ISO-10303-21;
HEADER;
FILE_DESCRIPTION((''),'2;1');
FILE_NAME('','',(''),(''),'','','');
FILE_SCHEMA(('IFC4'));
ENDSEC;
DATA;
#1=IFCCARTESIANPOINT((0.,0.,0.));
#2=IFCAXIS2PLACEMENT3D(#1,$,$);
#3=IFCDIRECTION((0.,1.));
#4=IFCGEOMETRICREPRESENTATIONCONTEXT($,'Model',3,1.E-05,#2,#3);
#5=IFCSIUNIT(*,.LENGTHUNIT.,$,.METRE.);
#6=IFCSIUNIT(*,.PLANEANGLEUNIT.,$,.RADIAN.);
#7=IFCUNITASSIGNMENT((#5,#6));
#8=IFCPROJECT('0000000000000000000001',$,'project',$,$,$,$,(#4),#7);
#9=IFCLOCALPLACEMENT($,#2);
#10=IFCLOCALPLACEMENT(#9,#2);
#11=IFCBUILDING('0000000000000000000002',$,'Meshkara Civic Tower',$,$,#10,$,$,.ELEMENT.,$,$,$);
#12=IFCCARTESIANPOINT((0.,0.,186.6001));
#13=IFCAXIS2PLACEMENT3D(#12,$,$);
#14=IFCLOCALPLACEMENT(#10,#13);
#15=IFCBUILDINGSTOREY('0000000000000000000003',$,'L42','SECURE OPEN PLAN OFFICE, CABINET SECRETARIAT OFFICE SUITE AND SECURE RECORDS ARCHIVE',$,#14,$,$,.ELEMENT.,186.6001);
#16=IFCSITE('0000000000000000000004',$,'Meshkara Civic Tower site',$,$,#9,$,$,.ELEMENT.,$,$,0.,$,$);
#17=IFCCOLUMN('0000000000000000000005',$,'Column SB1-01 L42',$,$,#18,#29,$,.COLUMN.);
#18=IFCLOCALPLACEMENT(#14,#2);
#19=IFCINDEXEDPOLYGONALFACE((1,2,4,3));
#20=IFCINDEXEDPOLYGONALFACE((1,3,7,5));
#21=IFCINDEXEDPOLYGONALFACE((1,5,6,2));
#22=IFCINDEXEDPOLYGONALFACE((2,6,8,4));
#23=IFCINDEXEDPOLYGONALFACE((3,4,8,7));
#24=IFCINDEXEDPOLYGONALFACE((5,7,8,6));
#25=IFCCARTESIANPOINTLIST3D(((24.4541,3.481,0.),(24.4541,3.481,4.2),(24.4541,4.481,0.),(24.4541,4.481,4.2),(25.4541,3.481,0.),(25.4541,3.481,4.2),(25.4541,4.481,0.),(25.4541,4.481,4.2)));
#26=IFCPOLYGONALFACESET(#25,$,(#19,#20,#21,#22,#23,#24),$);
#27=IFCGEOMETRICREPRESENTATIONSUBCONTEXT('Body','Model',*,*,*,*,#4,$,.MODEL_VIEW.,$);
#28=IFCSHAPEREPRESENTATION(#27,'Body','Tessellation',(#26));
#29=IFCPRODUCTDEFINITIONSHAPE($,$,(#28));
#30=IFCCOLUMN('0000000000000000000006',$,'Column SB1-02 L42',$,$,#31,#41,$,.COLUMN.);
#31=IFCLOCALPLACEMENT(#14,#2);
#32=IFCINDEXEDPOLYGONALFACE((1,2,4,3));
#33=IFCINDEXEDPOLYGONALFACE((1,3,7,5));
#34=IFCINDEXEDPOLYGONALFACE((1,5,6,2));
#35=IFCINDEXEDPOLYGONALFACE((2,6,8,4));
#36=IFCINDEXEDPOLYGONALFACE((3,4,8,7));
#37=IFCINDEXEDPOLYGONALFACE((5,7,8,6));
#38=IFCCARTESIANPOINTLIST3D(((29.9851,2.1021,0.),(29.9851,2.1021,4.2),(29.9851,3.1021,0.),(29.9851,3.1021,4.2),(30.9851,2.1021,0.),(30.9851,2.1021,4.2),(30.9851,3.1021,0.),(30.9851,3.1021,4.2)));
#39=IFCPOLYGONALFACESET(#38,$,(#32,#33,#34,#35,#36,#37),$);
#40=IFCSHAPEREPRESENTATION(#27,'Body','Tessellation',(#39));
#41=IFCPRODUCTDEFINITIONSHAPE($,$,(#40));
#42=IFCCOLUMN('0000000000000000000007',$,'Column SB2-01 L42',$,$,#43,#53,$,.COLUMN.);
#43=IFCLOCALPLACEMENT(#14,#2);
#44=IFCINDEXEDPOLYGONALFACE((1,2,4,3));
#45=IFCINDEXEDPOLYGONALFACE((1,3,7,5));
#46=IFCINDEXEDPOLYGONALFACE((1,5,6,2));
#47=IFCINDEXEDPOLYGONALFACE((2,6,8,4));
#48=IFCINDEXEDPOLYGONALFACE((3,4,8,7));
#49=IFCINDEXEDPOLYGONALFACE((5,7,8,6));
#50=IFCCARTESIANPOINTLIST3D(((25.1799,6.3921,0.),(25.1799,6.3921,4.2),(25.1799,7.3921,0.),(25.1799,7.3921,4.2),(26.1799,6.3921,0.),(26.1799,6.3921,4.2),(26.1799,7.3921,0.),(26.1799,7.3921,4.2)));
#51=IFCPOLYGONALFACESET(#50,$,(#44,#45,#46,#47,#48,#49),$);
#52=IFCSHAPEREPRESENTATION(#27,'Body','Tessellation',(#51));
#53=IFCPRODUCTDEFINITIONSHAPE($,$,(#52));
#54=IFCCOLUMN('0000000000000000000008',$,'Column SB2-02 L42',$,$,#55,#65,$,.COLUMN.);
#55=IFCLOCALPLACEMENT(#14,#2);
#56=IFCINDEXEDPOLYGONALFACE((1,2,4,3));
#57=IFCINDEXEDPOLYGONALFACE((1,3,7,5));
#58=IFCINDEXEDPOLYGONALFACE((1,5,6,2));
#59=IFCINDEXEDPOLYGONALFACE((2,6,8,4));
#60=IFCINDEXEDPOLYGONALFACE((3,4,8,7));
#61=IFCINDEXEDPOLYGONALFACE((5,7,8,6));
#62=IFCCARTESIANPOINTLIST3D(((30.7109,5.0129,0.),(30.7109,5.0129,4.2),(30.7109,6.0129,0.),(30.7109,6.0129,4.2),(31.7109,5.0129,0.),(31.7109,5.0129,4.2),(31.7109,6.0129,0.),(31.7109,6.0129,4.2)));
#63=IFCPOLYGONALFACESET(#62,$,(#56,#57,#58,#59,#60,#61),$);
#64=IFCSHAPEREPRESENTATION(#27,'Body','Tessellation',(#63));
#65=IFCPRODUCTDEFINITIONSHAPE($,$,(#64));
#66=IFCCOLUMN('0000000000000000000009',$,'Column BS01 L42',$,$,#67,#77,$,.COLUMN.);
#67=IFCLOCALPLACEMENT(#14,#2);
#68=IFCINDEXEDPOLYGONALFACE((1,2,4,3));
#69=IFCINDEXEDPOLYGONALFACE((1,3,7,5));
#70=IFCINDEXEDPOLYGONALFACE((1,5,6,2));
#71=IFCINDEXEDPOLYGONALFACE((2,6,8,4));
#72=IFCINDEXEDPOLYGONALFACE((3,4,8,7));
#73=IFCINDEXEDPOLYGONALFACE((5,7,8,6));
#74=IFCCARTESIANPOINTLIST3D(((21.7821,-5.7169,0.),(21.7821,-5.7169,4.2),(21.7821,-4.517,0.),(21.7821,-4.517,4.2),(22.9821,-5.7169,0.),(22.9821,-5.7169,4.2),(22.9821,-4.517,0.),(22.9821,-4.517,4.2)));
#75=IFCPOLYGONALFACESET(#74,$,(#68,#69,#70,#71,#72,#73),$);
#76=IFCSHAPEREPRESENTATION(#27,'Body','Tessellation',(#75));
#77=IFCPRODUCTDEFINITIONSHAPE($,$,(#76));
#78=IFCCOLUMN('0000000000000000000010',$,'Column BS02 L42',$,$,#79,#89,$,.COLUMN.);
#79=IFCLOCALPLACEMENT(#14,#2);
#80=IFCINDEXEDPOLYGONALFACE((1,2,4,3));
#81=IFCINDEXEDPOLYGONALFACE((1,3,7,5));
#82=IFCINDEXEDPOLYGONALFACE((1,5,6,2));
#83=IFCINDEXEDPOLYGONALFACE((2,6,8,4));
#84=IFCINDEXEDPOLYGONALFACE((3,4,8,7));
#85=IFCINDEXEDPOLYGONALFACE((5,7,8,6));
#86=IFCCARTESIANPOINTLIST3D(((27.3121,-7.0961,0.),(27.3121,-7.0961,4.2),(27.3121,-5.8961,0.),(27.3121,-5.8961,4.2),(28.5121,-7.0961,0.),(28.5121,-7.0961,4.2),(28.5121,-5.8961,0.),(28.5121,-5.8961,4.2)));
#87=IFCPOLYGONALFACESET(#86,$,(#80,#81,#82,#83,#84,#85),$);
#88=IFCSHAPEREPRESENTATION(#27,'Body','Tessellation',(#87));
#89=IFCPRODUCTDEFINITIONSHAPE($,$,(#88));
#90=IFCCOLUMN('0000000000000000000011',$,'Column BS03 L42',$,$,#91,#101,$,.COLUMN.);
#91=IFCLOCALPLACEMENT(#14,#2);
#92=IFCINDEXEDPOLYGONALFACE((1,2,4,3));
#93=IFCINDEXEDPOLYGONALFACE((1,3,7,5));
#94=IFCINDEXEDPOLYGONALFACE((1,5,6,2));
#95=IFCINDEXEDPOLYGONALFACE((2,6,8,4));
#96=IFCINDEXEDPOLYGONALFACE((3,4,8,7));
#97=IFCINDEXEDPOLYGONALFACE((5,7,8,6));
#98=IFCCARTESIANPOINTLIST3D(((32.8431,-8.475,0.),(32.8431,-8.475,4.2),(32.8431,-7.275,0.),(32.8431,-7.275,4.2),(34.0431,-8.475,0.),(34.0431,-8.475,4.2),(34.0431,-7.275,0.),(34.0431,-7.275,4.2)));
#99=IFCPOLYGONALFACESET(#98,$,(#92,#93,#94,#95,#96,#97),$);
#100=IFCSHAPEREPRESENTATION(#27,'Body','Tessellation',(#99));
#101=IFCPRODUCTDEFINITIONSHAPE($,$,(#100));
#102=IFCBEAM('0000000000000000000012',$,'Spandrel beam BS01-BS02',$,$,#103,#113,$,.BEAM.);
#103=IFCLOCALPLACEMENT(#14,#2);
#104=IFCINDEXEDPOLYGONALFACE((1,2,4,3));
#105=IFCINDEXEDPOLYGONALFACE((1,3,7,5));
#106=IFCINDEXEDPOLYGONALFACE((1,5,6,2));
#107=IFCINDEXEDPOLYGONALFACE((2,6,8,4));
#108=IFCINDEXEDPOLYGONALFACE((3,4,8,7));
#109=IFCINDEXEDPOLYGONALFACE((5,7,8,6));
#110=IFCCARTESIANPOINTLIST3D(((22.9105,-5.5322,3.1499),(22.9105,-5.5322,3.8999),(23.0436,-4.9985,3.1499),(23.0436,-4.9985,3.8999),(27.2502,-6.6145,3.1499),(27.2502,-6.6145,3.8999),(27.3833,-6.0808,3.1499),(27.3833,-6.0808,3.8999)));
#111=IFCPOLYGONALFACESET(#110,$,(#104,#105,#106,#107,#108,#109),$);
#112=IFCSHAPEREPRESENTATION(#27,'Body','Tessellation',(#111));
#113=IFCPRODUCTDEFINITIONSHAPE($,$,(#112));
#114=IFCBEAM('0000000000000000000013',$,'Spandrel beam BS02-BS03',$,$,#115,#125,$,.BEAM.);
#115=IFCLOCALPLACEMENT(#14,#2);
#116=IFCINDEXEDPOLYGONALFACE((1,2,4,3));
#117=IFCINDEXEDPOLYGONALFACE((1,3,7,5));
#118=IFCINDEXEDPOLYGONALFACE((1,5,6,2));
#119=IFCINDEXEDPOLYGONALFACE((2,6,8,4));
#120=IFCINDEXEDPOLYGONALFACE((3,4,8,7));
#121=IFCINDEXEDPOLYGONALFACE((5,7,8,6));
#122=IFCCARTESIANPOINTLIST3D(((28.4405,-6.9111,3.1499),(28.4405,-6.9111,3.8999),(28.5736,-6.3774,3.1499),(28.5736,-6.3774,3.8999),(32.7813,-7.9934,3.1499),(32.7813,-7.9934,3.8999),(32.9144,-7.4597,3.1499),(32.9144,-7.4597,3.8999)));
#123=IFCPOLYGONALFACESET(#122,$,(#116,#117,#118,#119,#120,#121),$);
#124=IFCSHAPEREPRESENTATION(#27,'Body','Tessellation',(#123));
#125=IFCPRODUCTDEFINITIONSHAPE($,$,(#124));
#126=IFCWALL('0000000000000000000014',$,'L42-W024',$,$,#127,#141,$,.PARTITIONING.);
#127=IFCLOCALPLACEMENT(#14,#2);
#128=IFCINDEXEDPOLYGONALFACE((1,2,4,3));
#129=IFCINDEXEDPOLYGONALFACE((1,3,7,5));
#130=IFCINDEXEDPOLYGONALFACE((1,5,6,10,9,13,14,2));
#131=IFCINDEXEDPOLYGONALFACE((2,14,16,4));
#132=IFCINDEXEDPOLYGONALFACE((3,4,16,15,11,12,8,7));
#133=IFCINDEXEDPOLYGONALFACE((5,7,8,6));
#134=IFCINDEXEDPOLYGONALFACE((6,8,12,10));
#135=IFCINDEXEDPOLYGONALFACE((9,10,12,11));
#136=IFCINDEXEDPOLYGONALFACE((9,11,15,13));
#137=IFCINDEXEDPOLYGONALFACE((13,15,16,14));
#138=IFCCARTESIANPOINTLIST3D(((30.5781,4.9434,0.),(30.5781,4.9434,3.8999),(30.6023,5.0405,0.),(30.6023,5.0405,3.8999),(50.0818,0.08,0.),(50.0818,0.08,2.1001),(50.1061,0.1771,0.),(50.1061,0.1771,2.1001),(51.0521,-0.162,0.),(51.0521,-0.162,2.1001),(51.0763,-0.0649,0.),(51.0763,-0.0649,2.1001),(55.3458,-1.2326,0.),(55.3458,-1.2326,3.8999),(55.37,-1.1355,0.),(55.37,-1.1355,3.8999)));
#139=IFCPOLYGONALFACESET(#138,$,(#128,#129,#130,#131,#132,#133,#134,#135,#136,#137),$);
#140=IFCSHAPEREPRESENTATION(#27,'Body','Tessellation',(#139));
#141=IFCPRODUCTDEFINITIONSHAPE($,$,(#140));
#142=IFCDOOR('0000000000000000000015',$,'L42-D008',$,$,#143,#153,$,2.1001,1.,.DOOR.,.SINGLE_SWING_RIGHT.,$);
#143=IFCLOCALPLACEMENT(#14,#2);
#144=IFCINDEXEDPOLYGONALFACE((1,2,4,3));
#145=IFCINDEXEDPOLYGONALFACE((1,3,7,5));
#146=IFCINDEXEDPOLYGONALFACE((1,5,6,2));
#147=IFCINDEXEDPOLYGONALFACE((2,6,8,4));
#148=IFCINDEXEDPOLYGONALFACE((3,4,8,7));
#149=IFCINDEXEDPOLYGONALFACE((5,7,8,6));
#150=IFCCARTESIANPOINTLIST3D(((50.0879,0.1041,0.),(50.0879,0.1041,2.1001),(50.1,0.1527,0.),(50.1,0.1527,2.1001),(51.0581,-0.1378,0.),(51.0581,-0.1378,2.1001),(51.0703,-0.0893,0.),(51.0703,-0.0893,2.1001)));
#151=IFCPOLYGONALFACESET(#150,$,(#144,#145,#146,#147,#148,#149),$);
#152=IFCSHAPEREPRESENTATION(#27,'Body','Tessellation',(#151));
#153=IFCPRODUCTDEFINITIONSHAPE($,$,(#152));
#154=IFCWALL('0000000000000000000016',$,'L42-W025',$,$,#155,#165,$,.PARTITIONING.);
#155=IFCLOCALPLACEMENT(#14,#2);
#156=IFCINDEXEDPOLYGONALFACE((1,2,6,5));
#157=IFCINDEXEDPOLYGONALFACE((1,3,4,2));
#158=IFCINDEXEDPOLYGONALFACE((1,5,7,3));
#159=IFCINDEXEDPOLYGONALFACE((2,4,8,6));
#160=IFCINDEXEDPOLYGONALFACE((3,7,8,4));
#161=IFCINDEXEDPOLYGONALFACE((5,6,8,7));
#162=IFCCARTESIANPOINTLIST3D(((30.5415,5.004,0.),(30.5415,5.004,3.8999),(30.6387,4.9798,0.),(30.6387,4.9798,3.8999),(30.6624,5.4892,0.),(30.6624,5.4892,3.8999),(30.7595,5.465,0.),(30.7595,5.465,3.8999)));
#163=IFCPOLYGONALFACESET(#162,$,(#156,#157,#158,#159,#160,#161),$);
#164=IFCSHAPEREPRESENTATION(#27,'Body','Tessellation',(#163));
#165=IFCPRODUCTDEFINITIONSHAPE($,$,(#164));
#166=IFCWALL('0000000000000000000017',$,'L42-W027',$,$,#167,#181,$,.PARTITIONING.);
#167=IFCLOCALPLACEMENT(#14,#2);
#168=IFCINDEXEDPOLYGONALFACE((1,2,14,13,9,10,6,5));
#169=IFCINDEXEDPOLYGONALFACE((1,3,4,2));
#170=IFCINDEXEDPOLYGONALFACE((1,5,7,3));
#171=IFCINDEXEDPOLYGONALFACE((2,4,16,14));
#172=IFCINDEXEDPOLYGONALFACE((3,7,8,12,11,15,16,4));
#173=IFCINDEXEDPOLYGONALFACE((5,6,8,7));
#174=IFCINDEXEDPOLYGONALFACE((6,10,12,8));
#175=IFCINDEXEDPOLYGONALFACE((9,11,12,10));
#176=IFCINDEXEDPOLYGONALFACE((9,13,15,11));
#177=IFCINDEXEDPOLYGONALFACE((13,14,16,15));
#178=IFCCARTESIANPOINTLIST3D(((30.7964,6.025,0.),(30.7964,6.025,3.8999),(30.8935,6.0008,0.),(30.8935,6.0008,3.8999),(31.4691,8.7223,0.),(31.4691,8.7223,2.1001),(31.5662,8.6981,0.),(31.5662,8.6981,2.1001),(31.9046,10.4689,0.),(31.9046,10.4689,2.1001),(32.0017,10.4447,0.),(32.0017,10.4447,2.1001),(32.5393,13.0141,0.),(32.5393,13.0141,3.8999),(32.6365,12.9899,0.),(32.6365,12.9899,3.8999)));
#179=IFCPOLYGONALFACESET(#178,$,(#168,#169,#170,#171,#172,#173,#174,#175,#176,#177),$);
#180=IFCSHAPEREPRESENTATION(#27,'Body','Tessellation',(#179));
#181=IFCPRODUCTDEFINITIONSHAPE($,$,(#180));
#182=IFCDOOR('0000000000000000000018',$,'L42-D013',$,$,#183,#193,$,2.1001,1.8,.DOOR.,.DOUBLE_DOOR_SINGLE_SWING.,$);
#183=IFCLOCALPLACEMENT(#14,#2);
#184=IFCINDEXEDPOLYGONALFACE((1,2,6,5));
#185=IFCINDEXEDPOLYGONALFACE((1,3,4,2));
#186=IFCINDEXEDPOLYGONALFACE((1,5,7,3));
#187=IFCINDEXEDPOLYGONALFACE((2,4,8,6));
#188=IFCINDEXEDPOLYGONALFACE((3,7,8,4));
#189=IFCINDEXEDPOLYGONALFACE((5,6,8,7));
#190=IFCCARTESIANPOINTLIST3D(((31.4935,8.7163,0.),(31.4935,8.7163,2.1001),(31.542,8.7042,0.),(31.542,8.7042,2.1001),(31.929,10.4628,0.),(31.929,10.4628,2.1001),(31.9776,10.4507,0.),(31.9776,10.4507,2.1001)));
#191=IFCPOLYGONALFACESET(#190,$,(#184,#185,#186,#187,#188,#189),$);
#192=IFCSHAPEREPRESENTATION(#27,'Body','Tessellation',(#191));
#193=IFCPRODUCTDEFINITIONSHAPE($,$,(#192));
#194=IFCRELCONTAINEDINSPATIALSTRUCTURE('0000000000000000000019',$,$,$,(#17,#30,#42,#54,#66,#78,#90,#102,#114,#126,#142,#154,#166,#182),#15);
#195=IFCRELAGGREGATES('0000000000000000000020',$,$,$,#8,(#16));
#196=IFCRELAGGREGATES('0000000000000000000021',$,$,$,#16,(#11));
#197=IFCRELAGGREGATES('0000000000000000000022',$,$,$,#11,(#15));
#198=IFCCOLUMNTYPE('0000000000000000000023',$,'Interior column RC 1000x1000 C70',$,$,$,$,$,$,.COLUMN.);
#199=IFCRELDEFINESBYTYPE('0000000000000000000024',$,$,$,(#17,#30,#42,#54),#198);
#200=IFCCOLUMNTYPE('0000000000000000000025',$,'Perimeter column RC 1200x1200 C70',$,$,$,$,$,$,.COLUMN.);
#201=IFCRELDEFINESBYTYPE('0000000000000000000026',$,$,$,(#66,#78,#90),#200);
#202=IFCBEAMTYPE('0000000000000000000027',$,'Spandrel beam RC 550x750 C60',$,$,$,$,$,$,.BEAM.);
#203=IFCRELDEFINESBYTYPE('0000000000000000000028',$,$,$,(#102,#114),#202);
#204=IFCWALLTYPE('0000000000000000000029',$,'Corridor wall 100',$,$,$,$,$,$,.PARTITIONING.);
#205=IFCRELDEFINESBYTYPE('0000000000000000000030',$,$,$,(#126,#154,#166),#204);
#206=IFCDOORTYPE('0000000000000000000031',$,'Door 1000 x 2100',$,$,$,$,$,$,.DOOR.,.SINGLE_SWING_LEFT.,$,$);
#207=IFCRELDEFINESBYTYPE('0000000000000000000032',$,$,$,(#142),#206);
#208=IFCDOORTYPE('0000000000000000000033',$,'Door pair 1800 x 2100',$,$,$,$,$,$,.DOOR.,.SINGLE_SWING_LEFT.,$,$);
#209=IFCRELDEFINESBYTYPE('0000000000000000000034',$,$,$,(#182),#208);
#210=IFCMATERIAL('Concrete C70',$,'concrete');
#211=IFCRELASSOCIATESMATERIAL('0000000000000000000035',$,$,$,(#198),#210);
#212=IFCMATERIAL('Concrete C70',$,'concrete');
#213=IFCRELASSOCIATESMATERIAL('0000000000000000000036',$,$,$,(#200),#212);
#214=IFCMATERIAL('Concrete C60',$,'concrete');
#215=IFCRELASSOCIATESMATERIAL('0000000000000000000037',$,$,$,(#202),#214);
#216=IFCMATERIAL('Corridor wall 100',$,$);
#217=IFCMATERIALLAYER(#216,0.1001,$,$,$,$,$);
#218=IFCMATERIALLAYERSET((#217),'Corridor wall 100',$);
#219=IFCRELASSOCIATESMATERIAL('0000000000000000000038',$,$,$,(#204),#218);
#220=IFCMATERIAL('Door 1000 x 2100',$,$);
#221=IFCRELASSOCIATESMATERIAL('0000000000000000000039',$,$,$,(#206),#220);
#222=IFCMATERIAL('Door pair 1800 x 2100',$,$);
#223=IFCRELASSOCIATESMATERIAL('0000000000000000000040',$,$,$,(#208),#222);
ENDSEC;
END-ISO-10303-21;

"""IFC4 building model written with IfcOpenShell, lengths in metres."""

from ifc_helpers import new_model, si_unit, direction, frame, frame_2d, origin, origin_2d, place, context, subcontext, project, spatial, rectangle, extrude, material, layer, layer_set, material_profile, profile_set, type_object, element, fill, save


model = new_model("IFC4")

# Units and contexts
model_context = context("Model", 3, precision=1e-05, world=origin(), true_north=direction((0.0, 1.0)))
body_context = subcontext(model_context, "Body", "Model", "MODEL_VIEW")
ifc_project = project(units=[si_unit("LENGTHUNIT", "METRE"), si_unit("PLANEANGLEUNIT", "RADIAN")], contexts=[model_context])

# Site, building, storey
site_placement = place(None, origin())
site = spatial("IfcSite", under=ifc_project, at=site_placement, Name="Meshkara Civic Tower site", CompositionType="ELEMENT", RefElevation=0.0)
building_placement = place(site_placement, origin())
building = spatial("IfcBuilding", under=site, at=building_placement, Name="Meshkara Civic Tower", CompositionType="ELEMENT")
storey_placement = place(building_placement, frame((0.0, 0.0, 186.6001)))
storey = spatial("IfcBuildingStorey", under=building, at=storey_placement, Name="L42", Description="SECURE OPEN PLAN OFFICE, CABINET SECRETARIAT OFFICE SUITE AND SECURE RECORDS ARCHIVE", CompositionType="ELEMENT", Elevation=186.6001)

# Columns
ifc_material_1 = material(Name="Concrete C70", Category="concrete")
ifc_material_profile_1 = material_profile(ifc_material_1, rectangle(XDim=1.0, YDim=1.0, at=origin_2d()))
ifc_profile_set_1 = profile_set([ifc_material_profile_1], Name="Concrete C70")
column_type_1 = type_object("IfcColumnType", Name="Interior column RC 1000x1000 C70", PredefinedType="COLUMN", material=ifc_profile_set_1)
for number, where, z_axis, x_axis, name in (
    (1, (24.9541, 3.981, 0.0), (0.0, 0.0, 1.0), (1.0, 0.0, 0.0), "Column SB1-01 L42"),
    (2, (30.4851, 2.6021, 0.0), (0.0, 0.0, 1.0), (1.0, 0.0, 0.0), "Column SB1-02 L42"),
    (3, (25.6799, 6.8921, 0.0), (0.0, 0.0, 1.0), (1.0, 0.0, 0.0), "Column SB2-01 L42"),
    (4, (31.2109, 5.5129, 0.0), (0.0, 0.0, 1.0), (1.0, 0.0, 0.0), "Column SB2-02 L42"),
):
    element("IfcColumn", number, at=place(storey_placement, frame(where, z_axis=z_axis, x_axis=x_axis)), inside=storey, type_object=column_type_1, Name=name, PredefinedType="COLUMN", context=body_context, shape_type="SweptSolid", body=[
        extrude(rectangle(XDim=1.0, YDim=1.0, at=origin_2d()), origin(), (0.0, 0.0, 1.0), 4.2),
    ])
ifc_material_2 = material(Name="Concrete C70", Category="concrete")
ifc_material_profile_2 = material_profile(ifc_material_2, rectangle(XDim=1.2, YDim=1.2, at=origin_2d()))
ifc_profile_set_2 = profile_set([ifc_material_profile_2], Name="Concrete C70")
column_type_2 = type_object("IfcColumnType", Name="Perimeter column RC 1200x1200 C70", PredefinedType="COLUMN", material=ifc_profile_set_2)
for number, where, z_axis, x_axis, name in (
    (5, (22.3821, -5.1169, 0.0), (0.0, 0.0, 1.0), (1.0, 0.0, 0.0), "Column BS01 L42"),
    (6, (27.9121, -6.4961, 0.0), (0.0, 0.0, 1.0), (1.0, 0.0, 0.0), "Column BS02 L42"),
    (7, (33.4431, -7.875, 0.0), (0.0, 0.0, 1.0), (1.0, 0.0, 0.0), "Column BS03 L42"),
):
    element("IfcColumn", number, at=place(storey_placement, frame(where, z_axis=z_axis, x_axis=x_axis)), inside=storey, type_object=column_type_2, Name=name, PredefinedType="COLUMN", context=body_context, shape_type="SweptSolid", body=[
        extrude(rectangle(XDim=1.2, YDim=1.2, at=origin_2d()), origin(), (0.0, 0.0, 1.0), 4.2),
    ])

# Beams
ifc_material_3 = material(Name="Concrete C60", Category="concrete")
ifc_material_profile_3 = material_profile(ifc_material_3, rectangle(XDim=0.55, YDim=0.75, at=origin_2d()))
ifc_profile_set_3 = profile_set([ifc_material_profile_3], Name="Concrete C60")
beam_type = type_object("IfcBeamType", Name="Spandrel beam RC 550x750 C60", PredefinedType="BEAM", material=ifc_profile_set_3)
beam_1_placement = place(storey_placement, frame((22.9771, -5.2654, 3.5249), z_axis=(0.970284, -0.24197, 0.0), x_axis=(0.24197, 0.970284, 0.0)))
element("IfcBeam", 8, at=beam_1_placement, inside=storey, type_object=beam_type, Name="Spandrel beam BS01-BS02", PredefinedType="BEAM", context=body_context, shape_type="SweptSolid", body=[
    extrude(rectangle(XDim=0.55, YDim=0.75, at=origin_2d()), origin(), (0.0, 0.0, 1.0), 4.4727),
])
beam_2_placement = place(storey_placement, frame((28.5071, -6.6443, 3.5249), z_axis=(0.970296, -0.241919, 0.0), x_axis=(0.241919, 0.970296, 0.0)))
element("IfcBeam", 9, at=beam_2_placement, inside=storey, type_object=beam_type, Name="Spandrel beam BS02-BS03", PredefinedType="BEAM", context=body_context, shape_type="SweptSolid", body=[
    extrude(rectangle(XDim=0.55, YDim=0.75, at=origin_2d()), origin(), (0.0, 0.0, 1.0), 4.4736),
])

# Wall, opening, door
ifc_material_4 = material(Name="Corridor wall 100")
ifc_layer_1 = layer(ifc_material_4, 0.1001)
ifc_layer_set_1 = layer_set([ifc_layer_1], Name="Corridor wall 100")
wall_type_1 = type_object("IfcWallType", Name="Corridor wall 100", PredefinedType="PARTITIONING", material=ifc_layer_set_1)
wall_1_placement = place(storey_placement, frame((30.5901, 4.9919, 0.0), z_axis=(0.0, 0.0, 1.0), x_axis=(0.970289, -0.241948, 0.0)))
wall_1 = element("IfcWall", 10, at=wall_1_placement, inside=storey, type_object=wall_type_1, Name="L42-W024", PredefinedType="PARTITIONING", context=body_context, shape_type="SweptSolid", body=[
    extrude(rectangle(XDim=25.5261, YDim=0.1001, at=frame_2d((12.7632, 0.0))), origin(), (0.0, 0.0, 1.0), 3.8999),
])
opening_1_placement = place(wall_1_placement, frame((20.1011, 0.0, 0.0)))
opening_1 = element("IfcOpeningElement", 11, at=opening_1_placement, cuts=wall_1, PredefinedType="OPENING", context=body_context, shape_type="SweptSolid", body=[
    extrude(rectangle(XDim=1.0, YDim=2.1001, at=frame_2d((0.5, 1.05))), frame((0.0, 0.0601, 0.0), z_axis=(0.0, -1.0, 0.0), x_axis=(1.0, 0.0, 0.0)), (0.0, 0.0, 1.0), 0.1201),
])
ifc_material_5 = material(Name="Door 1000 x 2100")
door_type_1 = type_object("IfcDoorType", Name="Door 1000 x 2100", OperationType="SINGLE_SWING_LEFT", PredefinedType="DOOR", material=ifc_material_5)
door_1_placement = place(opening_1_placement, origin())
door_1 = element("IfcDoor", 12, at=door_1_placement, inside=storey, type_object=door_type_1, Name="L42-D008", OperationType="SINGLE_SWING_RIGHT", OverallHeight=2.1001, OverallWidth=1.0, PredefinedType="DOOR", context=body_context, shape_type="SweptSolid", body=[
    extrude(rectangle(XDim=1.0, YDim=2.1001, at=frame_2d((0.5, 1.05))), frame((0.0, 0.0249, 0.0), z_axis=(0.0, -1.0, 0.0), x_axis=(1.0, 0.0, 0.0)), (0.0, 0.0, 1.0), 0.05),
])
fill(opening_1, door_1)

# Wall
wall_2_placement = place(storey_placement, frame((30.5901, 4.9919, 0.0), z_axis=(0.0, 0.0, 1.0), x_axis=(0.241731, 0.970343, 0.0)))
element("IfcWall", 13, at=wall_2_placement, inside=storey, type_object=wall_type_1, Name="L42-W025", PredefinedType="PARTITIONING", context=body_context, shape_type="SweptSolid", body=[
    extrude(rectangle(XDim=0.5, YDim=0.1001, at=frame_2d((0.25, 0.0))), origin(), (0.0, 0.0, 1.0), 3.8999),
])

# Wall, opening, door
wall_3_placement = place(storey_placement, frame((30.845, 6.0129, 0.0), z_axis=(0.0, 0.0, 1.0), x_axis=(0.241969, 0.970284, 0.0)))
wall_3 = element("IfcWall", 14, at=wall_3_placement, inside=storey, type_object=wall_type_1, Name="L42-W027", PredefinedType="PARTITIONING", context=body_context, shape_type="SweptSolid", body=[
    extrude(rectangle(XDim=7.2031, YDim=0.1001, at=frame_2d((3.6016, 0.0))), origin(), (0.0, 0.0, 1.0), 3.8999),
])
opening_2_placement = place(wall_3_placement, frame((2.78, 0.0, 0.0)))
opening_2 = element("IfcOpeningElement", 15, at=opening_2_placement, cuts=wall_3, PredefinedType="OPENING", context=body_context, shape_type="SweptSolid", body=[
    extrude(rectangle(XDim=1.8, YDim=2.1001, at=frame_2d((0.8999, 1.05))), frame((0.0, 0.0601, 0.0), z_axis=(0.0, -1.0, 0.0), x_axis=(1.0, 0.0, 0.0)), (0.0, 0.0, 1.0), 0.1201),
])
ifc_material_6 = material(Name="Door pair 1800 x 2100")
door_type_2 = type_object("IfcDoorType", Name="Door pair 1800 x 2100", OperationType="SINGLE_SWING_LEFT", PredefinedType="DOOR", material=ifc_material_6)
door_2_placement = place(opening_2_placement, origin())
door_2 = element("IfcDoor", 16, at=door_2_placement, inside=storey, type_object=door_type_2, Name="L42-D013", OperationType="DOUBLE_DOOR_SINGLE_SWING", OverallHeight=2.1001, OverallWidth=1.8, PredefinedType="DOOR", context=body_context, shape_type="SweptSolid", body=[
    extrude(rectangle(XDim=1.8, YDim=2.1001, at=frame_2d((0.8999, 1.05))), frame((0.0, 0.0249, 0.0), z_axis=(0.0, -1.0, 0.0), x_axis=(1.0, 0.0, 0.0)), (0.0, 0.0, 1.0), 0.05),
])
fill(opening_2, door_2)

save(model, "model.ifc")
